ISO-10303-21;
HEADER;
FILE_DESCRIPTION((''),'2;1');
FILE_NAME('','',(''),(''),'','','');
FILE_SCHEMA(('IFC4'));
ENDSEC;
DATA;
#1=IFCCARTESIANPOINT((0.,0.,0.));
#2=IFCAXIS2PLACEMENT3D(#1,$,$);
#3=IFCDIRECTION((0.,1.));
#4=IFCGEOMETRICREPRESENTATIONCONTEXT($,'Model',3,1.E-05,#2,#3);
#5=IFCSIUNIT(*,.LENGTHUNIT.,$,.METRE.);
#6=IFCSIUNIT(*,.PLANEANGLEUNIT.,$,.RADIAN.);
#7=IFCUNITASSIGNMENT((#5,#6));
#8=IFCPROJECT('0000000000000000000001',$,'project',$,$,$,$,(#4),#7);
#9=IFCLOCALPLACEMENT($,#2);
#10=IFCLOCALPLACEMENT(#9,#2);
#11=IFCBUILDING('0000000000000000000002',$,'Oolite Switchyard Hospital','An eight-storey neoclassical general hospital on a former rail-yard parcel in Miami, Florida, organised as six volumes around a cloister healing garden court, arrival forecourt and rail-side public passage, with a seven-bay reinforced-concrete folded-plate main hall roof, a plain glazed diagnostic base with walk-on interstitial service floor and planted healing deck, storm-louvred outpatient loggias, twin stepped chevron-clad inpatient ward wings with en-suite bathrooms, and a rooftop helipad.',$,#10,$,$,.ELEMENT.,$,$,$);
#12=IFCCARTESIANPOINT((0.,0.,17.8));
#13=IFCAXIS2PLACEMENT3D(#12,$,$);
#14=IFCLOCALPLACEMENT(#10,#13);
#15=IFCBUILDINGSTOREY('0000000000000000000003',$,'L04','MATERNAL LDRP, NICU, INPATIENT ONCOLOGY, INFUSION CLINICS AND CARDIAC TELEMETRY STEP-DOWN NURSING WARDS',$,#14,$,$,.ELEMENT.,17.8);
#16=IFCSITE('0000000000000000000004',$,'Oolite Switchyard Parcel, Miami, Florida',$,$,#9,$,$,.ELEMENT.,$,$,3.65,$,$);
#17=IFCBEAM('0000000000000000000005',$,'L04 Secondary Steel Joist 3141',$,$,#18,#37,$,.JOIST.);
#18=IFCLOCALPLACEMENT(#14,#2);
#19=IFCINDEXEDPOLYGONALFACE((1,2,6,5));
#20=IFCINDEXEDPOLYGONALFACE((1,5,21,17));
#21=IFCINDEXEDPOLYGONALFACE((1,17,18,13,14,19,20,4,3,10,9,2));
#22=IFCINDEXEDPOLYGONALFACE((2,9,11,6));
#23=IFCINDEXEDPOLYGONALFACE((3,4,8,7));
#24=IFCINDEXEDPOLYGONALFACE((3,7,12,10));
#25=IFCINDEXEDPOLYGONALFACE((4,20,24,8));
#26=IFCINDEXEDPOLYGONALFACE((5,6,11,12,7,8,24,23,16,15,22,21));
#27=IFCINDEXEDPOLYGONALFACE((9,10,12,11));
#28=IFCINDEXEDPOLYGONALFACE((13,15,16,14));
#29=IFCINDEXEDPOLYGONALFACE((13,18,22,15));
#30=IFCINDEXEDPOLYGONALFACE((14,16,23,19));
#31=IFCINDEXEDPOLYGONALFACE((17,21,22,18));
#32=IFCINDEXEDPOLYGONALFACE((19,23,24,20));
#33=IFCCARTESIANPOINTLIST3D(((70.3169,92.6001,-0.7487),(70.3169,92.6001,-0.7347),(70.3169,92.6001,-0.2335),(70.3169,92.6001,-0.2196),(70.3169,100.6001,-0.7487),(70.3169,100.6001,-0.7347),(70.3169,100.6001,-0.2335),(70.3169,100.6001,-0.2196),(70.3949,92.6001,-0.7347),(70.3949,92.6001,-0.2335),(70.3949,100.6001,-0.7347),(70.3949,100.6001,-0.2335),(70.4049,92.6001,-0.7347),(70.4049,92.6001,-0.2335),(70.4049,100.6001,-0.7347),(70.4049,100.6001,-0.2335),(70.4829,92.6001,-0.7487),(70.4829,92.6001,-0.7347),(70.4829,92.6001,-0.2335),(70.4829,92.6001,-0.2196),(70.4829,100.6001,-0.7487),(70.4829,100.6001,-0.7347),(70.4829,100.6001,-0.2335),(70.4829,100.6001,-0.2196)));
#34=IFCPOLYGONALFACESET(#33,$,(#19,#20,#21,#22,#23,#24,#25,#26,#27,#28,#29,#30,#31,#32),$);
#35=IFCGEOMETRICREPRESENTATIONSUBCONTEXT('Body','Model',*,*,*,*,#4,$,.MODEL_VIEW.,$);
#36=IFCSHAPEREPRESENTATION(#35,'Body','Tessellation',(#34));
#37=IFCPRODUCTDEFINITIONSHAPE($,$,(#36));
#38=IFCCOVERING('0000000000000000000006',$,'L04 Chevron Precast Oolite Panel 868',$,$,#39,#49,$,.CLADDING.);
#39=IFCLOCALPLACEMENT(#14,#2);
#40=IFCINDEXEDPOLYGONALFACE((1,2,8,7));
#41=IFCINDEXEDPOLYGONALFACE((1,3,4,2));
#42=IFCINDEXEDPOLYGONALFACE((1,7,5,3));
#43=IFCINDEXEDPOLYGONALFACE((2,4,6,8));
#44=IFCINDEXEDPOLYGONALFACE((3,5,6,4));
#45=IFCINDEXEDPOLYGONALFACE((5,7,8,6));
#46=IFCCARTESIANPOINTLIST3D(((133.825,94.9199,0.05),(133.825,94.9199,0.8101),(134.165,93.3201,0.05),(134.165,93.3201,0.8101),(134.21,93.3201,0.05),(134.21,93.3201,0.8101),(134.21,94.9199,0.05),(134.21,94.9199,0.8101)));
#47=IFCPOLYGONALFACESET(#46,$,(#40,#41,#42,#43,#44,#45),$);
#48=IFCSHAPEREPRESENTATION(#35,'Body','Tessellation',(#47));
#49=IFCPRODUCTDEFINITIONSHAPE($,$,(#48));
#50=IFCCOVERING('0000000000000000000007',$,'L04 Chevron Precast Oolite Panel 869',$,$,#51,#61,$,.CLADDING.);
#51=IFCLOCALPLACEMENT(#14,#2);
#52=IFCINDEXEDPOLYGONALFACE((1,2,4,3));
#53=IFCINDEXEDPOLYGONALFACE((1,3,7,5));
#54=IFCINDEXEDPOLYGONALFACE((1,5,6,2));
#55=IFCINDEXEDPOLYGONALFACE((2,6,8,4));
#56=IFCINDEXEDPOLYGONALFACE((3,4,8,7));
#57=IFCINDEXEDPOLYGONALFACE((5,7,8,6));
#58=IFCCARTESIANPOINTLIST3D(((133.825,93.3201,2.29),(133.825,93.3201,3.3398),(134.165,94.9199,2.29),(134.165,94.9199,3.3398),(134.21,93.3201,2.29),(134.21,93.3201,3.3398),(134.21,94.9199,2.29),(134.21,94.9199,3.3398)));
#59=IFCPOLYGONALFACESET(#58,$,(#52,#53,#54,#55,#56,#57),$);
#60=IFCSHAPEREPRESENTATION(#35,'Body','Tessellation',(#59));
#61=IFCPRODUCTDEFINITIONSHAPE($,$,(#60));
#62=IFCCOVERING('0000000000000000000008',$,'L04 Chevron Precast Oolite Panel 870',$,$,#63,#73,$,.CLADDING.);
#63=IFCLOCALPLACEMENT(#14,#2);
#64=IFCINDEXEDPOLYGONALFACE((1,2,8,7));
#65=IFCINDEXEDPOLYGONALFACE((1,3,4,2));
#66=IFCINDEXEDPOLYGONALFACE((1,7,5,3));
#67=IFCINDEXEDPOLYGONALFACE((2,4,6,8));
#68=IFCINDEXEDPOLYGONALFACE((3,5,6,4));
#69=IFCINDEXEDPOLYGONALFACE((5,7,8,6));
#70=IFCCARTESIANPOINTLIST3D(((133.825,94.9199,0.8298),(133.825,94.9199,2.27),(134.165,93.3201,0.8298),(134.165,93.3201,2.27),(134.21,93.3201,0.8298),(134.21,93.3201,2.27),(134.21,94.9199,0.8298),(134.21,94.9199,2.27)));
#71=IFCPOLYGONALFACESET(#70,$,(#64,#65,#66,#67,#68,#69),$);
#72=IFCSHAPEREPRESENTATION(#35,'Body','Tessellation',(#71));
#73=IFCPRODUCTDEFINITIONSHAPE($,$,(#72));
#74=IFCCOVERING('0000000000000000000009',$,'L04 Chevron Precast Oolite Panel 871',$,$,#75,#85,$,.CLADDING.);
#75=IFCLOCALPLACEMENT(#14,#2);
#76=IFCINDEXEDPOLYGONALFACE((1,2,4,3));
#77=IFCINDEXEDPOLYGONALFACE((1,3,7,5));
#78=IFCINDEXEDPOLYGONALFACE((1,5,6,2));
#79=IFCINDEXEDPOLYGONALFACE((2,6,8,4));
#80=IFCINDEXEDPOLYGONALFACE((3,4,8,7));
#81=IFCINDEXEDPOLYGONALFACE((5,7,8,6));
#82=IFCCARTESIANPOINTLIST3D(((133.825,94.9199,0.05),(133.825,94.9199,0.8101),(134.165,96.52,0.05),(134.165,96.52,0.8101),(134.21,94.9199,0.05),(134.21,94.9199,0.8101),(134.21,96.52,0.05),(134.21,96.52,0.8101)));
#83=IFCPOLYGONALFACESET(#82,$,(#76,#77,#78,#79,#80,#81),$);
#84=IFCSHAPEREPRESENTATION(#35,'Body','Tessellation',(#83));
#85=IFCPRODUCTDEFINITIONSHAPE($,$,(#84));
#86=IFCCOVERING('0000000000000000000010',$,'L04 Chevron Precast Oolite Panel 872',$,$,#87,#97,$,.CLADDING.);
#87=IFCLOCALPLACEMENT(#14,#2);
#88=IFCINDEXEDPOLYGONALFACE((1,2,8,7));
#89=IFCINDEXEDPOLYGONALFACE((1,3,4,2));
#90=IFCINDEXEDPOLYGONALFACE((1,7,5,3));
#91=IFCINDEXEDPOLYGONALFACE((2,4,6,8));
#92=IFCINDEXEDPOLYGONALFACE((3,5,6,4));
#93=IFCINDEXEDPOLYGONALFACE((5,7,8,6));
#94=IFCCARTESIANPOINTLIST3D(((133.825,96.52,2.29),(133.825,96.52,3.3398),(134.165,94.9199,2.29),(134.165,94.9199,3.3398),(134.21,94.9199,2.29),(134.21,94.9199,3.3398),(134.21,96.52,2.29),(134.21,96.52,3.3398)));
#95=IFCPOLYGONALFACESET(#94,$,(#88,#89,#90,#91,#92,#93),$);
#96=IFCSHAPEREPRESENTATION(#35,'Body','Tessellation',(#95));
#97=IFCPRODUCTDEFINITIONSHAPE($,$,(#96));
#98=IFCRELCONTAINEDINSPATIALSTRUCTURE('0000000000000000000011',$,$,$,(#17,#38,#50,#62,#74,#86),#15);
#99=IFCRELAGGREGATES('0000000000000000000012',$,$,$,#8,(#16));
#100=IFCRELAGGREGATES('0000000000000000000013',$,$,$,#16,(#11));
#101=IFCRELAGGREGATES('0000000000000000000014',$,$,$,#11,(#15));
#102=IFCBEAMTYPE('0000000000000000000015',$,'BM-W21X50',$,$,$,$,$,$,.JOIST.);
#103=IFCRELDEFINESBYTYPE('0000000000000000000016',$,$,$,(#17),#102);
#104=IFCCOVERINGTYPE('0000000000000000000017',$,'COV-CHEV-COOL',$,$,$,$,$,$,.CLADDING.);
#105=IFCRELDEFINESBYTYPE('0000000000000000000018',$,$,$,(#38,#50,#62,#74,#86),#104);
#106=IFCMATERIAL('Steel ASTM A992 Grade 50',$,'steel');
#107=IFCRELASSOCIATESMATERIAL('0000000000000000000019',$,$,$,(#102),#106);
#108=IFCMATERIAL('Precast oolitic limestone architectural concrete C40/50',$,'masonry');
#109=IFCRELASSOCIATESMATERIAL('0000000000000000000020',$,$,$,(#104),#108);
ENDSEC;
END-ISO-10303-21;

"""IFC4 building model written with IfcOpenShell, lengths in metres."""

from ifc_helpers import new_model, si_unit, direction, frame, origin, origin_2d, place, context, subcontext, project, spatial, polyline, i_section, outline, extrude, material, material_profile, profile_set, type_object, element, save


model = new_model("IFC4")

# Units and contexts
model_context = context("Model", 3, precision=1e-05, world=origin(), true_north=direction((0.0, 1.0)))
body_context = subcontext(model_context, "Body", "Model", "MODEL_VIEW")
ifc_project = project(units=[si_unit("LENGTHUNIT", "METRE"), si_unit("PLANEANGLEUNIT", "RADIAN")], contexts=[model_context])

# Site, building, storey
site_placement = place(None, origin())
site = spatial("IfcSite", under=ifc_project, at=site_placement, Name="Oolite Switchyard Parcel, Miami, Florida", CompositionType="ELEMENT", RefElevation=3.65)
building_placement = place(site_placement, origin())
building = spatial("IfcBuilding", under=site, at=building_placement, Name="Oolite Switchyard Hospital", Description="An eight-storey neoclassical general hospital on a former rail-yard parcel in Miami, Florida, organised as six volumes around a cloister healing garden court, arrival forecourt and rail-side public passage, with a seven-bay reinforced-concrete folded-plate main hall roof, a plain glazed diagnostic base with walk-on interstitial service floor and planted healing deck, storm-louvred outpatient loggias, twin stepped chevron-clad inpatient ward wings with en-suite bathrooms, and a rooftop helipad.", CompositionType="ELEMENT")
storey_placement = place(building_placement, frame((0.0, 0.0, 17.8)))
storey = spatial("IfcBuildingStorey", under=building, at=storey_placement, Name="L04", Description="MATERNAL LDRP, NICU, INPATIENT ONCOLOGY, INFUSION CLINICS AND CARDIAC TELEMETRY STEP-DOWN NURSING WARDS", CompositionType="ELEMENT", Elevation=17.8)

# Beam
ifc_material_1 = material(Name="Steel ASTM A992 Grade 50", Category="steel")
ifc_material_profile_1 = material_profile(ifc_material_1, i_section(OverallWidth=0.166, OverallDepth=0.5291, WebThickness=0.01, FlangeThickness=0.0139, at=origin_2d()), Name="W21X50")
ifc_profile_set_1 = profile_set([ifc_material_profile_1], Name="Steel ASTM A992 Grade 50")
beam_type_1 = type_object("IfcBeamType", Name="BM-W21X50", PredefinedType="JOIST", material=ifc_profile_set_1)
for number, where, z_axis, x_axis, name in (
    (1, (70.3999, 92.6001, -0.4841), (0.0, 1.0, 0.0), (-1.0, 0.0, 0.0), "L04 Secondary Steel Joist 3141"),
):
    element("IfcBeam", number, at=place(storey_placement, frame(where, z_axis=z_axis, x_axis=x_axis)), inside=storey, type_object=beam_type_1, Name=name, PredefinedType="JOIST", context=body_context, shape_type="SweptSolid", body=[
        extrude(i_section(OverallWidth=0.166, OverallDepth=0.5291, WebThickness=0.01, FlangeThickness=0.0139, at=origin_2d()), origin(), (0.0, 0.0, 1.0), 8.0),
    ])

# Coverings
ifc_material_2 = material(Name="Precast oolitic limestone architectural concrete C40/50", Category="masonry")
covering_type = type_object("IfcCoveringType", Name="COV-CHEV-COOL", PredefinedType="CLADDING", material=ifc_material_2)
covering_1_placement = place(storey_placement, frame((134.21, 93.3201, 0.05), z_axis=(0.0, 0.0, 1.0), x_axis=(0.0, 1.0, 0.0)))
element("IfcCovering", 2, at=covering_1_placement, inside=storey, type_object=covering_type, Name="L04 Chevron Precast Oolite Panel 868", PredefinedType="CLADDING", context=body_context, shape_type="SweptSolid", body=[
    extrude(outline(polyline([(0.0, 0.0), (1.5999, 0.0), (1.5999, 0.385), (0.0, 0.0449), (0.0, 0.0)])), origin(), (0.0, 0.0, 1.0), 0.76),
])
covering_2_placement = place(storey_placement, frame((134.21, 93.3201, 2.29), z_axis=(0.0, 0.0, 1.0), x_axis=(0.0, 1.0, 0.0)))
element("IfcCovering", 3, at=covering_2_placement, inside=storey, type_object=covering_type, Name="L04 Chevron Precast Oolite Panel 869", PredefinedType="CLADDING", context=body_context, shape_type="SweptSolid", body=[
    extrude(outline(polyline([(0.0, 0.0), (1.5999, 0.0), (1.5999, 0.0449), (0.0, 0.385), (0.0, 0.0)])), origin(), (0.0, 0.0, 1.0), 1.0498),
])
covering_3_placement = place(storey_placement, frame((134.21, 93.3201, 0.8298), z_axis=(0.0, 0.0, 1.0), x_axis=(0.0, 1.0, 0.0)))
element("IfcCovering", 4, at=covering_3_placement, inside=storey, type_object=covering_type, Name="L04 Chevron Precast Oolite Panel 870", PredefinedType="CLADDING", context=body_context, shape_type="SweptSolid", body=[
    extrude(outline(polyline([(0.0, 0.0), (1.5999, 0.0), (1.5999, 0.385), (0.0, 0.0449), (0.0, 0.0)])), origin(), (0.0, 0.0, 1.0), 1.4402),
])
covering_4_placement = place(storey_placement, frame((134.21, 94.9199, 0.05), z_axis=(0.0, 0.0, 1.0), x_axis=(0.0, 1.0, 0.0)))
element("IfcCovering", 5, at=covering_4_placement, inside=storey, type_object=covering_type, Name="L04 Chevron Precast Oolite Panel 871", PredefinedType="CLADDING", context=body_context, shape_type="SweptSolid", body=[
    extrude(outline(polyline([(0.0, 0.0), (1.6001, 0.0), (1.6001, 0.0449), (0.0, 0.385), (0.0, 0.0)])), origin(), (0.0, 0.0, 1.0), 0.76),
])
covering_5_placement = place(storey_placement, frame((134.21, 94.9199, 2.29), z_axis=(0.0, 0.0, 1.0), x_axis=(0.0, 1.0, 0.0)))
element("IfcCovering", 6, at=covering_5_placement, inside=storey, type_object=covering_type, Name="L04 Chevron Precast Oolite Panel 872", PredefinedType="CLADDING", context=body_context, shape_type="SweptSolid", body=[
    extrude(outline(polyline([(0.0, 0.0), (1.6001, 0.0), (1.6001, 0.385), (0.0, 0.0449), (0.0, 0.0)])), origin(), (0.0, 0.0, 1.0), 1.0498),
])

save(model, "model.ifc")
